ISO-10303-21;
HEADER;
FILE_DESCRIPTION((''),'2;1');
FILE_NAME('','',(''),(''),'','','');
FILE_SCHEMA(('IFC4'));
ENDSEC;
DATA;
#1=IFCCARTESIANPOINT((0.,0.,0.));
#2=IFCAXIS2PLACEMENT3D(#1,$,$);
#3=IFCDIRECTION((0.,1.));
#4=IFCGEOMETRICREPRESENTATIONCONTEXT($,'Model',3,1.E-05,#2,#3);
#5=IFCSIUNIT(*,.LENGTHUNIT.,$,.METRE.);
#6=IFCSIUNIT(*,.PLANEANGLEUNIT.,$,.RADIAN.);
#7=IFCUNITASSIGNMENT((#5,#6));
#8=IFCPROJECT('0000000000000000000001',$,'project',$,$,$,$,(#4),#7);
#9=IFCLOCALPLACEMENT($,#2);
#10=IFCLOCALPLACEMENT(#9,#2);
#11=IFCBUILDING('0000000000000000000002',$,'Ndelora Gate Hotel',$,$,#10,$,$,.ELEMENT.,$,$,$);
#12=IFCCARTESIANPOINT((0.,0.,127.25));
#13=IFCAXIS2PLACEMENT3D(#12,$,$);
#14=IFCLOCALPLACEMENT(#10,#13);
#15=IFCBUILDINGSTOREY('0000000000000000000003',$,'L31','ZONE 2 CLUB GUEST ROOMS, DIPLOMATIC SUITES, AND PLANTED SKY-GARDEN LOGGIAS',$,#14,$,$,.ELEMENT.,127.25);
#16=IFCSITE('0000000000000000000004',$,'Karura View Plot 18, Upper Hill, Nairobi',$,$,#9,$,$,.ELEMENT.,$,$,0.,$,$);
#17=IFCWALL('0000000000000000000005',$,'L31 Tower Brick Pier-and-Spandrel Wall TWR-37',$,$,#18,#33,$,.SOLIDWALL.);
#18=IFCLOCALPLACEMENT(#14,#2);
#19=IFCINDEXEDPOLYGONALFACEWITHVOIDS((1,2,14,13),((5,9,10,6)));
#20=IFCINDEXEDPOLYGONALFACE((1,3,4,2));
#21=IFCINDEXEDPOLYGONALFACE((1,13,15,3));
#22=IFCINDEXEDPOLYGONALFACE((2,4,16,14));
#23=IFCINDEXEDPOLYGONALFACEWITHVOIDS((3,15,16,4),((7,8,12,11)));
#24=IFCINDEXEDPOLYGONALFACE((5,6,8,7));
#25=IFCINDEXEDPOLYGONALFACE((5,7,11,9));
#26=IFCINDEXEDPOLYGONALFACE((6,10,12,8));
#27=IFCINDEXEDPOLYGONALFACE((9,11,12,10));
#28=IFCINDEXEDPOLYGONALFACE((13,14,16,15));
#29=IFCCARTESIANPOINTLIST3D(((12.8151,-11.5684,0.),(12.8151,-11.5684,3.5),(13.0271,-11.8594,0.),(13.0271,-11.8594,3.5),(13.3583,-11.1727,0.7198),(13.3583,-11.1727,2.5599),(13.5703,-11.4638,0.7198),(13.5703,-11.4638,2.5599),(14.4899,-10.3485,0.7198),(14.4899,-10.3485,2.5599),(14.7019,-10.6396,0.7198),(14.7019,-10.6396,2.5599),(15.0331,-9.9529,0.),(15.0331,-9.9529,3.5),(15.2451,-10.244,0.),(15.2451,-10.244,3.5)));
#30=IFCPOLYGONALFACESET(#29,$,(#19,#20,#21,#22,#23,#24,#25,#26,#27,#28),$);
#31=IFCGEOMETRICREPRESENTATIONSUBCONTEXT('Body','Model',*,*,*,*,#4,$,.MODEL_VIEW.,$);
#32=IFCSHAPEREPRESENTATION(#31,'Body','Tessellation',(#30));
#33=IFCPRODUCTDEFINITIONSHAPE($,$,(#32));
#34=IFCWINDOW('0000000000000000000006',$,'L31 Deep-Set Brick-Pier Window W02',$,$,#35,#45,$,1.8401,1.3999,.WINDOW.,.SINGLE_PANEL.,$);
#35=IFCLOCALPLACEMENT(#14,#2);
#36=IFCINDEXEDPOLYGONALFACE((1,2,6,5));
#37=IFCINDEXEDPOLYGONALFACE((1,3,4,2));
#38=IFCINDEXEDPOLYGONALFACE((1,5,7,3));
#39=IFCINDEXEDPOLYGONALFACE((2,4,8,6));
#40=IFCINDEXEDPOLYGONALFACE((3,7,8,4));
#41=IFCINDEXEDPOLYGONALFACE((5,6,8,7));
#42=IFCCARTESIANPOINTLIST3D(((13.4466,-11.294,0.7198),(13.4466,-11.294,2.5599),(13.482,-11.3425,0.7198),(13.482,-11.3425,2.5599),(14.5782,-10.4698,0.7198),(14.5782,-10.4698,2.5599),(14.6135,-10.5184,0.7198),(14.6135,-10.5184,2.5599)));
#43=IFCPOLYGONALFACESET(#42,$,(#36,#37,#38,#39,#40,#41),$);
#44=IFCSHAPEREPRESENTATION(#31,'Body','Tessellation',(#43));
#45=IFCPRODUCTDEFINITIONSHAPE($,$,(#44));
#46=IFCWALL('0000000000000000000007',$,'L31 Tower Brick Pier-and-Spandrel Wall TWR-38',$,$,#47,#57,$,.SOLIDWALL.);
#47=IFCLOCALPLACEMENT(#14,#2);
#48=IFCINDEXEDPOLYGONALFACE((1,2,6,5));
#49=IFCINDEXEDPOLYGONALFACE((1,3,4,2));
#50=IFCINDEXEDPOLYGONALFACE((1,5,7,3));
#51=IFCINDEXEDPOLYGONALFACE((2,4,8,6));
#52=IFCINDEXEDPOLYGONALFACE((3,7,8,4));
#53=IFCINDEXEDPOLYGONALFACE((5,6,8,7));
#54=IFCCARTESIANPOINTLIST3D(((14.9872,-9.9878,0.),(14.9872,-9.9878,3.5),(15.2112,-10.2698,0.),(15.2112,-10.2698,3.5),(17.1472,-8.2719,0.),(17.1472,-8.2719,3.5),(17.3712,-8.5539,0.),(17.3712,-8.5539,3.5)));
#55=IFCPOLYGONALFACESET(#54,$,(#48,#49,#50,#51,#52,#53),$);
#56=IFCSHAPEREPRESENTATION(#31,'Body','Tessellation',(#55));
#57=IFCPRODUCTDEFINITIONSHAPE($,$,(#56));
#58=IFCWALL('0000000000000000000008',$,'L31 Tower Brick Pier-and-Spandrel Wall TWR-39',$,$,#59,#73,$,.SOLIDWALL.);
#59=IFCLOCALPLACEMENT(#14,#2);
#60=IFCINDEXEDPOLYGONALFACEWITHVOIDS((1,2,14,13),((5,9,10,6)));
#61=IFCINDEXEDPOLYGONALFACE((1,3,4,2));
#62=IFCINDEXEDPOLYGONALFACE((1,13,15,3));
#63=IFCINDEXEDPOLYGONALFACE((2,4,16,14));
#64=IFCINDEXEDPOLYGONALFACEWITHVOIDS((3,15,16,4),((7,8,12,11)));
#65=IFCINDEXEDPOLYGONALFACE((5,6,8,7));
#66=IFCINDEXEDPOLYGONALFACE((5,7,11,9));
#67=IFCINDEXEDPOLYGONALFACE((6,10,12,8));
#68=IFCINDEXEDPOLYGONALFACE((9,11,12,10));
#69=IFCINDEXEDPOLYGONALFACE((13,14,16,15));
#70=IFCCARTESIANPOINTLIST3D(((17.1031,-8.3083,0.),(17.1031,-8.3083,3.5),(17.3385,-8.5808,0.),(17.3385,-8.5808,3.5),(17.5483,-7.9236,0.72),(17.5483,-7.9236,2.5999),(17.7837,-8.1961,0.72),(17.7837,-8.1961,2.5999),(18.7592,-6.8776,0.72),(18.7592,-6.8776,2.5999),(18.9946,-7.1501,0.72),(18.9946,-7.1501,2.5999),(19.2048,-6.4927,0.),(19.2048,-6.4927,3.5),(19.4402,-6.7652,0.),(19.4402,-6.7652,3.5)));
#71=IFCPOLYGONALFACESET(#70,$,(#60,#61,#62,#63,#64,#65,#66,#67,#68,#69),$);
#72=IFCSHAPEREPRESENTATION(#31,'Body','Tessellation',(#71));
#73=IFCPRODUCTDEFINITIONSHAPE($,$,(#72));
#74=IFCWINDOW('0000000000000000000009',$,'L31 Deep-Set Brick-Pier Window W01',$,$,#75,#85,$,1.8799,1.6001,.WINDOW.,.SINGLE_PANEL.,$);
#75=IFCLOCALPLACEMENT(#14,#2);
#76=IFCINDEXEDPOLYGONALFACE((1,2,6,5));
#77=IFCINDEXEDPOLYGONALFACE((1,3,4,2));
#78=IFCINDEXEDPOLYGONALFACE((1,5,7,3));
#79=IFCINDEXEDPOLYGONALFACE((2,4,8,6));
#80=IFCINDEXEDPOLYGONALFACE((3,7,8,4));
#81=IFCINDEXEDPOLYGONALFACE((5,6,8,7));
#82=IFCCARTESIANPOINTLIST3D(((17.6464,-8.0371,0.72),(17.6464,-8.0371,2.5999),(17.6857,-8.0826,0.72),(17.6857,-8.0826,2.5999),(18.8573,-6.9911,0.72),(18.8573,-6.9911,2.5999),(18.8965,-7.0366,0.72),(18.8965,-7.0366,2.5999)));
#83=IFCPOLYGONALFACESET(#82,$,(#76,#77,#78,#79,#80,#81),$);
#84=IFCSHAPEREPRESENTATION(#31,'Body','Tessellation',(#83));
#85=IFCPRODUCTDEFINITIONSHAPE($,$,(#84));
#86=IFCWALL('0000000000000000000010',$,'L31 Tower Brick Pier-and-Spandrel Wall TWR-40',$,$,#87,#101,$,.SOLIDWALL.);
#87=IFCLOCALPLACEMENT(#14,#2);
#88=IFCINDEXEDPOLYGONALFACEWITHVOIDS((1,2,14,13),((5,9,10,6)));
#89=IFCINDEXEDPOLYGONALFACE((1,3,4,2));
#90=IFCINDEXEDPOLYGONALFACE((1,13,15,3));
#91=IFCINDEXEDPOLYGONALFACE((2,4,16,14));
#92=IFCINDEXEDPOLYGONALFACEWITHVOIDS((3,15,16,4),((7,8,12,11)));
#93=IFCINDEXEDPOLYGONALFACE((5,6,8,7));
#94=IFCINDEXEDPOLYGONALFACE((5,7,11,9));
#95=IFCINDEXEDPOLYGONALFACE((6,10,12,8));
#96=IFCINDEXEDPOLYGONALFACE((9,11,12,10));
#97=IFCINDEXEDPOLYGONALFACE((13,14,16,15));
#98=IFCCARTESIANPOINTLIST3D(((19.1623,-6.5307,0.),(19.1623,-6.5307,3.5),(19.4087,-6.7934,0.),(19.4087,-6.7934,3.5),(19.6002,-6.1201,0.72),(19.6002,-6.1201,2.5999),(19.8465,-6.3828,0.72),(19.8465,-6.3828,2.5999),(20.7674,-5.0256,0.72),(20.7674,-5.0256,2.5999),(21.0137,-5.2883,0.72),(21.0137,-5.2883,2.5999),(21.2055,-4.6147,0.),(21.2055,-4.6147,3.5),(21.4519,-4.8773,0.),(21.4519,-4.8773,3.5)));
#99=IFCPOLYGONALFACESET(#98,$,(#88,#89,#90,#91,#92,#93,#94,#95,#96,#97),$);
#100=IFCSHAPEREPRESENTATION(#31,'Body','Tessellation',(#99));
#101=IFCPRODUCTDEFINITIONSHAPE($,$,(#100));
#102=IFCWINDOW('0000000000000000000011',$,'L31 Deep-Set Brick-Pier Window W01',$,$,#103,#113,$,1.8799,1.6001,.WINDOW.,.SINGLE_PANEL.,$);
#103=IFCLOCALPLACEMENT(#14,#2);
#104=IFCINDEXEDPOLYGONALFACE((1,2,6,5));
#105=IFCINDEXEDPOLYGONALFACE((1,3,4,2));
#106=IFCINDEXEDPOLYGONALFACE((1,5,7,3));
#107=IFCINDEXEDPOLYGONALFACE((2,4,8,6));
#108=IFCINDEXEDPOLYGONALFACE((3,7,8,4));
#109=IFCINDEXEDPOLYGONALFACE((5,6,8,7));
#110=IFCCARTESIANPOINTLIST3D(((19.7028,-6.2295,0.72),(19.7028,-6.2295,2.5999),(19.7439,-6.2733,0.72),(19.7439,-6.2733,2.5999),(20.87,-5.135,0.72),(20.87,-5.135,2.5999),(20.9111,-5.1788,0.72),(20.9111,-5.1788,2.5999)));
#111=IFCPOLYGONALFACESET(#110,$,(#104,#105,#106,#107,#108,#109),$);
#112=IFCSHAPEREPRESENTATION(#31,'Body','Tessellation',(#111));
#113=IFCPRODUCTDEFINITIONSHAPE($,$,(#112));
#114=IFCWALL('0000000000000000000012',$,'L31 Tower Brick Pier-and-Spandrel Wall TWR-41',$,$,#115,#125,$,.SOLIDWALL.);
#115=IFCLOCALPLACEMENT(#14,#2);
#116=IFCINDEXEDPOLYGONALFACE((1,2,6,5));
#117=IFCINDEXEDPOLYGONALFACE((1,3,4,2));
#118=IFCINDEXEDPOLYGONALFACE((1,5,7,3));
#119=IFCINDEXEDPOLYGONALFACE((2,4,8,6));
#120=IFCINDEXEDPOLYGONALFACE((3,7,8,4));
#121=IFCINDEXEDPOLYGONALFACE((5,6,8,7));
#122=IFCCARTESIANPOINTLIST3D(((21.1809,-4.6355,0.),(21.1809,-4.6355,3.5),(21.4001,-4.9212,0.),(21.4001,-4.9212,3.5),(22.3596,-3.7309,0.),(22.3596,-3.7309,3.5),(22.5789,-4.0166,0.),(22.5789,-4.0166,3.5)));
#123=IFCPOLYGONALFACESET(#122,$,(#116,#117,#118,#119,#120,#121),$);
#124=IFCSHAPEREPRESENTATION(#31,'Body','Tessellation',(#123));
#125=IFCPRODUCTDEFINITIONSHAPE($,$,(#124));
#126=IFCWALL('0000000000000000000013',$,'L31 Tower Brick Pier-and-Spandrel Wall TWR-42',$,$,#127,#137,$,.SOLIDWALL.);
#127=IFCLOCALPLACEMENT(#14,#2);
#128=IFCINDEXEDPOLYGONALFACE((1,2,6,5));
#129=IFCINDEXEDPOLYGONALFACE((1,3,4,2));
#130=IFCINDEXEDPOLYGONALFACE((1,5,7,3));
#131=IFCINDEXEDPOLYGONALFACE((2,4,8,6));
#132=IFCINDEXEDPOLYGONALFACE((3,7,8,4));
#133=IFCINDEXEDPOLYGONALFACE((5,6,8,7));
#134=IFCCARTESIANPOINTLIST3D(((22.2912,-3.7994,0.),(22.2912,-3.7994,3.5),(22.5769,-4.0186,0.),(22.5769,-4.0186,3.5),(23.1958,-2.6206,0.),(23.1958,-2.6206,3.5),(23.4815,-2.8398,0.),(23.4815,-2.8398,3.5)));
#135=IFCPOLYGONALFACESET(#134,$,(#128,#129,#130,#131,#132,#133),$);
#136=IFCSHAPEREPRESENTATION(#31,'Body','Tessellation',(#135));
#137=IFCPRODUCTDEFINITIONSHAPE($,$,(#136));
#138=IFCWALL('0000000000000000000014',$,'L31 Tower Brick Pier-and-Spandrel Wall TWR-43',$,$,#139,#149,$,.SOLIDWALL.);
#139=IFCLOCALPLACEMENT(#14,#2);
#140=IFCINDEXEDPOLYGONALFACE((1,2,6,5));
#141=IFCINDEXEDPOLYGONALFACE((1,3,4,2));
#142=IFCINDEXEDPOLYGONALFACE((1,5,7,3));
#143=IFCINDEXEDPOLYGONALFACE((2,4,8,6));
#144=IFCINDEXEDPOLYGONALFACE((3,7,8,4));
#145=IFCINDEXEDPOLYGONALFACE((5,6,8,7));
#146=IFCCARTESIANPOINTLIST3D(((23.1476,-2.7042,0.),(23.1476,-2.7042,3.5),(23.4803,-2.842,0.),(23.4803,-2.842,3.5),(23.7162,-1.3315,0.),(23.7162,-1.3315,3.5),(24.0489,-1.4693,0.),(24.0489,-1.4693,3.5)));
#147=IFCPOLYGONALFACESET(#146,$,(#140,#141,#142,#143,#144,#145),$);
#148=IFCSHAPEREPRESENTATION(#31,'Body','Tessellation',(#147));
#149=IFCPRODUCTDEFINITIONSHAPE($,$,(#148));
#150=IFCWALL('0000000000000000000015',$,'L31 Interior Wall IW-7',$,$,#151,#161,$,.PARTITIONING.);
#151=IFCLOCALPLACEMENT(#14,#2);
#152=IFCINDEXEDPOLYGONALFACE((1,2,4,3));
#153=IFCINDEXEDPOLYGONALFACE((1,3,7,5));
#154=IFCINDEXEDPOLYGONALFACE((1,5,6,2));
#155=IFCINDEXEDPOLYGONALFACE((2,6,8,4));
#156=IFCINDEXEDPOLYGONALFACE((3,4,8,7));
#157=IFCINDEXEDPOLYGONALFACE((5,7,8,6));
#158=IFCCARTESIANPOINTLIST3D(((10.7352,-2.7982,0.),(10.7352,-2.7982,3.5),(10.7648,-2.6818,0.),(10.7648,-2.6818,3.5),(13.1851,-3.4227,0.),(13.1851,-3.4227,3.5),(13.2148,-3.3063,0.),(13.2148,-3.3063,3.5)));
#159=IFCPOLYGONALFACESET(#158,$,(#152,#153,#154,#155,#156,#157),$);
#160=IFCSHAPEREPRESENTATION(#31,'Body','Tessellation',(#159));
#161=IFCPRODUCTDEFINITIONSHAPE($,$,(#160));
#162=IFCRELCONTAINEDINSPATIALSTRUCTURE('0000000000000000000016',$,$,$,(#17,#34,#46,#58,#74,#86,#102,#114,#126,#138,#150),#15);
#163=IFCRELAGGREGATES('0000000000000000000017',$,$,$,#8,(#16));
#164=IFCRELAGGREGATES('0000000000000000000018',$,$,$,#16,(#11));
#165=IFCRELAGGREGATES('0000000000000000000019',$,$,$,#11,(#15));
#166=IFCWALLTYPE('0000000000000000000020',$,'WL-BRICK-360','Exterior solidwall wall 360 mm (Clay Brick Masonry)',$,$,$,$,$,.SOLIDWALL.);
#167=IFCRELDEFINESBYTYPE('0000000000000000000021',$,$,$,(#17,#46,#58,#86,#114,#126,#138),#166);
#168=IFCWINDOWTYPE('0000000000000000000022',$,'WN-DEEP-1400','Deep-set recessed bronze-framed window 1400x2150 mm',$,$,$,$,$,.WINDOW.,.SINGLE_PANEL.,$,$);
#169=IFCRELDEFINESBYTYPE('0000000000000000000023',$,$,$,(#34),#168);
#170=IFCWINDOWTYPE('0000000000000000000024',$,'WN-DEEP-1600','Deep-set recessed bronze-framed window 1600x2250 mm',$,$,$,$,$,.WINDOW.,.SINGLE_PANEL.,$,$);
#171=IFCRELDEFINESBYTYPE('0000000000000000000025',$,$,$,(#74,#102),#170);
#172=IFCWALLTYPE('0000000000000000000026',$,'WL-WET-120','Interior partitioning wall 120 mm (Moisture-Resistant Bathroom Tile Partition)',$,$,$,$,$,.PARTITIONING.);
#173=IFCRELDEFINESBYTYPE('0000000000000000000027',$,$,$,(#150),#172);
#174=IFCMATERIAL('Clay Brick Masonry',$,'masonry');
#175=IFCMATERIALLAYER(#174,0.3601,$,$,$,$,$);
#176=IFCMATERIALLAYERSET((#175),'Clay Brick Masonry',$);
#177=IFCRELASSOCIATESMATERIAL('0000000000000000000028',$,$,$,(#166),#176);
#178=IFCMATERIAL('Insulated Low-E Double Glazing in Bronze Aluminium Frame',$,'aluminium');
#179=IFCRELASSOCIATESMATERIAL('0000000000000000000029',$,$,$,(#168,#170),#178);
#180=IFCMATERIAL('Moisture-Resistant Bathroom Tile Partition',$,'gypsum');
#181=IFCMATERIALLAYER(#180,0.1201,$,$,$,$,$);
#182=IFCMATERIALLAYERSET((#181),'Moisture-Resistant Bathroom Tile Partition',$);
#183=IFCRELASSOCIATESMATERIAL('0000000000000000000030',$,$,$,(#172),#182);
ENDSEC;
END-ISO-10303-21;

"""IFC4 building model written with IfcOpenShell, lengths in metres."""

from ifc_helpers import new_model, si_unit, direction, frame, frame_2d, origin, place, context, subcontext, project, spatial, rectangle, extrude, material, layer, layer_set, type_object, element, fill, save


model = new_model("IFC4")

# Units and contexts
model_context = context("Model", 3, precision=1e-05, world=origin(), true_north=direction((0.0, 1.0)))
body_context = subcontext(model_context, "Body", "Model", "MODEL_VIEW")
ifc_project = project(units=[si_unit("LENGTHUNIT", "METRE"), si_unit("PLANEANGLEUNIT", "RADIAN")], contexts=[model_context])

# Site, building, storey
site_placement = place(None, origin())
site = spatial("IfcSite", under=ifc_project, at=site_placement, Name="Karura View Plot 18, Upper Hill, Nairobi", CompositionType="ELEMENT", RefElevation=0.0)
building_placement = place(site_placement, origin())
building = spatial("IfcBuilding", under=site, at=building_placement, Name="Ndelora Gate Hotel", CompositionType="ELEMENT")
storey_placement = place(building_placement, frame((0.0, 0.0, 127.25)))
storey = spatial("IfcBuildingStorey", under=building, at=storey_placement, Name="L31", Description="ZONE 2 CLUB GUEST ROOMS, DIPLOMATIC SUITES, AND PLANTED SKY-GARDEN LOGGIAS", CompositionType="ELEMENT", Elevation=127.25)

# Wall, opening, window
ifc_material_1 = material(Name="Clay Brick Masonry", Category="masonry")
ifc_layer_1 = layer(ifc_material_1, 0.3601)
ifc_layer_set_1 = layer_set([ifc_layer_1], Name="Clay Brick Masonry")
wall_type_1 = type_object("IfcWallType", Name="WL-BRICK-360", Description="Exterior solidwall wall 360 mm (Clay Brick Masonry)", PredefinedType="SOLIDWALL", material=ifc_layer_set_1)
ifc_material_2 = material(Name="Insulated Low-E Double Glazing in Bronze Aluminium Frame", Category="aluminium")
window_type_1 = type_object("IfcWindowType", Name="WN-DEEP-1400", Description="Deep-set recessed bronze-framed window 1400x2150 mm", PartitioningType="SINGLE_PANEL", PredefinedType="WINDOW", material=ifc_material_2)
wall_1_placement = place(storey_placement, frame((15.1392, -10.0984, 0.0), z_axis=(0.0, 0.0, 1.0), x_axis=(-0.808324, -0.588738, 0.0)))
wall_1 = element("IfcWall", 1, at=wall_1_placement, inside=storey, type_object=wall_type_1, Name="L31 Tower Brick Pier-and-Spandrel Wall TWR-37", PredefinedType="SOLIDWALL", context=body_context, shape_type="SweptSolid", body=[
    extrude(rectangle(XDim=2.7439, YDim=0.3601, at=frame_2d((1.3721, 0.0))), origin(), (0.0, 0.0, 1.0), 3.5),
])
opening_1_placement = place(wall_1_placement, frame((0.6721, 0.0, 0.72)))
opening_1 = element("IfcOpeningElement", 2, at=opening_1_placement, cuts=wall_1, PredefinedType="OPENING", context=body_context, shape_type="SweptSolid", body=[
    extrude(rectangle(XDim=1.3999, YDim=1.8401, at=frame_2d((0.7, 0.9199))), frame((0.0, 0.1899, 0.0), z_axis=(0.0, -1.0, 0.0), x_axis=(1.0, 0.0, 0.0)), (0.0, 0.0, 1.0), 0.3801),
])
window_1_placement = place(opening_1_placement, origin())
window_1 = element("IfcWindow", 3, at=window_1_placement, inside=storey, type_object=window_type_1, Name="L31 Deep-Set Brick-Pier Window W02", OverallHeight=1.8401, OverallWidth=1.3999, PartitioningType="SINGLE_PANEL", PredefinedType="WINDOW", context=body_context, shape_type="SweptSolid", body=[
    extrude(rectangle(XDim=1.3999, YDim=1.8401, at=frame_2d((0.7, 0.9199))), frame((0.0, 0.03, 0.0), z_axis=(0.0, -1.0, 0.0), x_axis=(1.0, 0.0, 0.0)), (0.0, 0.0, 1.0), 0.0601),
])
fill(opening_1, window_1)

# Wall
wall_2_placement = place(storey_placement, frame((17.2593, -8.4128, 0.0), z_axis=(0.0, 0.0, 1.0), x_axis=(-0.783006, -0.622015, 0.0)))
element("IfcWall", 4, at=wall_2_placement, inside=storey, type_object=wall_type_1, Name="L31 Tower Brick Pier-and-Spandrel Wall TWR-38", PredefinedType="SOLIDWALL", context=body_context, shape_type="SweptSolid", body=[
    extrude(rectangle(XDim=2.7585, YDim=0.3601, at=frame_2d((1.3794, 0.0))), origin(), (0.0, 0.0, 1.0), 3.5),
])

# Walls, openings, windows
wall_3_placement = place(storey_placement, frame((19.3225, -6.6289, 0.0), z_axis=(0.0, 0.0, 1.0), x_axis=(-0.756738, -0.653718, 0.0)))
wall_3 = element("IfcWall", 5, at=wall_3_placement, inside=storey, type_object=wall_type_1, Name="L31 Tower Brick Pier-and-Spandrel Wall TWR-39", PredefinedType="SOLIDWALL", context=body_context, shape_type="SweptSolid", body=[
    extrude(rectangle(XDim=2.7773, YDim=0.3601, at=frame_2d((1.3887, 0.0))), origin(), (0.0, 0.0, 1.0), 3.5),
])
opening_2_placement = place(wall_3_placement, frame((0.5889, 0.0, 0.72)))
opening_2 = element("IfcOpeningElement", 6, at=opening_2_placement, cuts=wall_3, PredefinedType="OPENING", context=body_context, shape_type="SweptSolid", body=[
    extrude(rectangle(XDim=1.6001, YDim=1.8799, at=frame_2d((0.8, 0.9399))), frame((0.0, 0.1899, 0.0), z_axis=(0.0, -1.0, 0.0), x_axis=(1.0, 0.0, 0.0)), (0.0, 0.0, 1.0), 0.3801),
])
window_type_2 = type_object("IfcWindowType", Name="WN-DEEP-1600", Description="Deep-set recessed bronze-framed window 1600x2250 mm", PartitioningType="SINGLE_PANEL", PredefinedType="WINDOW", material=ifc_material_2)
window_2_placement = place(opening_2_placement, origin())
window_2 = element("IfcWindow", 7, at=window_2_placement, inside=storey, type_object=window_type_2, Name="L31 Deep-Set Brick-Pier Window W01", OverallHeight=1.8799, OverallWidth=1.6001, PartitioningType="SINGLE_PANEL", PredefinedType="WINDOW", context=body_context, shape_type="SweptSolid", body=[
    extrude(rectangle(XDim=1.6001, YDim=1.8799, at=frame_2d((0.8, 0.9399))), frame((0.0, 0.03, 0.0), z_axis=(0.0, -1.0, 0.0), x_axis=(1.0, 0.0, 0.0)), (0.0, 0.0, 1.0), 0.0601),
])
fill(opening_2, window_2)
wall_4_placement = place(storey_placement, frame((21.3286, -4.7461, 0.0), z_axis=(0.0, 0.0, 1.0), x_axis=(-0.729448, -0.684037, 0.0)))
wall_4 = element("IfcWall", 8, at=wall_4_placement, inside=storey, type_object=wall_type_1, Name="L31 Tower Brick Pier-and-Spandrel Wall TWR-40", PredefinedType="SOLIDWALL", context=body_context, shape_type="SweptSolid", body=[
    extrude(rectangle(XDim=2.801, YDim=0.3601, at=frame_2d((1.4004, 0.0))), origin(), (0.0, 0.0, 1.0), 3.5),
])
opening_3_placement = place(wall_4_placement, frame((0.6006, 0.0, 0.72)))
opening_3 = element("IfcOpeningElement", 9, at=opening_3_placement, cuts=wall_4, PredefinedType="OPENING", context=body_context, shape_type="SweptSolid", body=[
    extrude(rectangle(XDim=1.6001, YDim=1.8799, at=frame_2d((0.8, 0.9399))), frame((0.0, 0.1899, 0.0), z_axis=(0.0, -1.0, 0.0), x_axis=(1.0, 0.0, 0.0)), (0.0, 0.0, 1.0), 0.3801),
])
window_3_placement = place(opening_3_placement, origin())
window_3 = element("IfcWindow", 10, at=window_3_placement, inside=storey, type_object=window_type_2, Name="L31 Deep-Set Brick-Pier Window W01", OverallHeight=1.8799, OverallWidth=1.6001, PartitioningType="SINGLE_PANEL", PredefinedType="WINDOW", context=body_context, shape_type="SweptSolid", body=[
    extrude(rectangle(XDim=1.6001, YDim=1.8799, at=frame_2d((0.8, 0.9399))), frame((0.0, 0.03, 0.0), z_axis=(0.0, -1.0, 0.0), x_axis=(1.0, 0.0, 0.0)), (0.0, 0.0, 1.0), 0.0601),
])
fill(opening_3, window_3)

# Walls
for number, where, z_axis, x_axis, name in (
    (11, (22.4692, -3.8738, 0.0), (0.0, 0.0, 1.0), (-0.793326, -0.608797, 0.0), "L31 Tower Brick Pier-and-Spandrel Wall TWR-41"),
    (12, (23.3386, -2.7302, 0.0), (0.0, 0.0, 1.0), (-0.608797, -0.793326, 0.0), "L31 Tower Brick Pier-and-Spandrel Wall TWR-42"),
    (13, (23.8826, -1.4004, 0.0), (0.0, 0.0, 1.0), (-0.382666, -0.923887, 0.0), "L31 Tower Brick Pier-and-Spandrel Wall TWR-43"),
):
    element("IfcWall", number, at=place(storey_placement, frame(where, z_axis=z_axis, x_axis=x_axis)), inside=storey, type_object=wall_type_1, Name=name, PredefinedType="SOLIDWALL", context=body_context, shape_type="SweptSolid", body=[
        extrude(rectangle(XDim=1.4858, YDim=0.3601, at=frame_2d((0.7429, 0.0))), origin(), (0.0, 0.0, 1.0), 3.5),
    ])
ifc_material_3 = material(Name="Moisture-Resistant Bathroom Tile Partition", Category="gypsum")
ifc_layer_2 = layer(ifc_material_3, 0.1201)
ifc_layer_set_2 = layer_set([ifc_layer_2], Name="Moisture-Resistant Bathroom Tile Partition")
wall_type_2 = type_object("IfcWallType", Name="WL-WET-120", Description="Interior partitioning wall 120 mm (Moisture-Resistant Bathroom Tile Partition)", PredefinedType="PARTITIONING", material=ifc_layer_set_2)
wall_5_placement = place(storey_placement, frame((10.75, -2.74, 0.0), z_axis=(0.0, 0.0, 1.0), x_axis=(0.969013, -0.247009, 0.0)))
element("IfcWall", 14, at=wall_5_placement, inside=storey, type_object=wall_type_2, Name="L31 Interior Wall IW-7", PredefinedType="PARTITIONING", context=body_context, shape_type="SweptSolid", body=[
    extrude(rectangle(XDim=2.5283, YDim=0.1201, at=frame_2d((1.2642, 0.0))), origin(), (0.0, 0.0, 1.0), 3.5),
])

save(model, "model.ifc")
